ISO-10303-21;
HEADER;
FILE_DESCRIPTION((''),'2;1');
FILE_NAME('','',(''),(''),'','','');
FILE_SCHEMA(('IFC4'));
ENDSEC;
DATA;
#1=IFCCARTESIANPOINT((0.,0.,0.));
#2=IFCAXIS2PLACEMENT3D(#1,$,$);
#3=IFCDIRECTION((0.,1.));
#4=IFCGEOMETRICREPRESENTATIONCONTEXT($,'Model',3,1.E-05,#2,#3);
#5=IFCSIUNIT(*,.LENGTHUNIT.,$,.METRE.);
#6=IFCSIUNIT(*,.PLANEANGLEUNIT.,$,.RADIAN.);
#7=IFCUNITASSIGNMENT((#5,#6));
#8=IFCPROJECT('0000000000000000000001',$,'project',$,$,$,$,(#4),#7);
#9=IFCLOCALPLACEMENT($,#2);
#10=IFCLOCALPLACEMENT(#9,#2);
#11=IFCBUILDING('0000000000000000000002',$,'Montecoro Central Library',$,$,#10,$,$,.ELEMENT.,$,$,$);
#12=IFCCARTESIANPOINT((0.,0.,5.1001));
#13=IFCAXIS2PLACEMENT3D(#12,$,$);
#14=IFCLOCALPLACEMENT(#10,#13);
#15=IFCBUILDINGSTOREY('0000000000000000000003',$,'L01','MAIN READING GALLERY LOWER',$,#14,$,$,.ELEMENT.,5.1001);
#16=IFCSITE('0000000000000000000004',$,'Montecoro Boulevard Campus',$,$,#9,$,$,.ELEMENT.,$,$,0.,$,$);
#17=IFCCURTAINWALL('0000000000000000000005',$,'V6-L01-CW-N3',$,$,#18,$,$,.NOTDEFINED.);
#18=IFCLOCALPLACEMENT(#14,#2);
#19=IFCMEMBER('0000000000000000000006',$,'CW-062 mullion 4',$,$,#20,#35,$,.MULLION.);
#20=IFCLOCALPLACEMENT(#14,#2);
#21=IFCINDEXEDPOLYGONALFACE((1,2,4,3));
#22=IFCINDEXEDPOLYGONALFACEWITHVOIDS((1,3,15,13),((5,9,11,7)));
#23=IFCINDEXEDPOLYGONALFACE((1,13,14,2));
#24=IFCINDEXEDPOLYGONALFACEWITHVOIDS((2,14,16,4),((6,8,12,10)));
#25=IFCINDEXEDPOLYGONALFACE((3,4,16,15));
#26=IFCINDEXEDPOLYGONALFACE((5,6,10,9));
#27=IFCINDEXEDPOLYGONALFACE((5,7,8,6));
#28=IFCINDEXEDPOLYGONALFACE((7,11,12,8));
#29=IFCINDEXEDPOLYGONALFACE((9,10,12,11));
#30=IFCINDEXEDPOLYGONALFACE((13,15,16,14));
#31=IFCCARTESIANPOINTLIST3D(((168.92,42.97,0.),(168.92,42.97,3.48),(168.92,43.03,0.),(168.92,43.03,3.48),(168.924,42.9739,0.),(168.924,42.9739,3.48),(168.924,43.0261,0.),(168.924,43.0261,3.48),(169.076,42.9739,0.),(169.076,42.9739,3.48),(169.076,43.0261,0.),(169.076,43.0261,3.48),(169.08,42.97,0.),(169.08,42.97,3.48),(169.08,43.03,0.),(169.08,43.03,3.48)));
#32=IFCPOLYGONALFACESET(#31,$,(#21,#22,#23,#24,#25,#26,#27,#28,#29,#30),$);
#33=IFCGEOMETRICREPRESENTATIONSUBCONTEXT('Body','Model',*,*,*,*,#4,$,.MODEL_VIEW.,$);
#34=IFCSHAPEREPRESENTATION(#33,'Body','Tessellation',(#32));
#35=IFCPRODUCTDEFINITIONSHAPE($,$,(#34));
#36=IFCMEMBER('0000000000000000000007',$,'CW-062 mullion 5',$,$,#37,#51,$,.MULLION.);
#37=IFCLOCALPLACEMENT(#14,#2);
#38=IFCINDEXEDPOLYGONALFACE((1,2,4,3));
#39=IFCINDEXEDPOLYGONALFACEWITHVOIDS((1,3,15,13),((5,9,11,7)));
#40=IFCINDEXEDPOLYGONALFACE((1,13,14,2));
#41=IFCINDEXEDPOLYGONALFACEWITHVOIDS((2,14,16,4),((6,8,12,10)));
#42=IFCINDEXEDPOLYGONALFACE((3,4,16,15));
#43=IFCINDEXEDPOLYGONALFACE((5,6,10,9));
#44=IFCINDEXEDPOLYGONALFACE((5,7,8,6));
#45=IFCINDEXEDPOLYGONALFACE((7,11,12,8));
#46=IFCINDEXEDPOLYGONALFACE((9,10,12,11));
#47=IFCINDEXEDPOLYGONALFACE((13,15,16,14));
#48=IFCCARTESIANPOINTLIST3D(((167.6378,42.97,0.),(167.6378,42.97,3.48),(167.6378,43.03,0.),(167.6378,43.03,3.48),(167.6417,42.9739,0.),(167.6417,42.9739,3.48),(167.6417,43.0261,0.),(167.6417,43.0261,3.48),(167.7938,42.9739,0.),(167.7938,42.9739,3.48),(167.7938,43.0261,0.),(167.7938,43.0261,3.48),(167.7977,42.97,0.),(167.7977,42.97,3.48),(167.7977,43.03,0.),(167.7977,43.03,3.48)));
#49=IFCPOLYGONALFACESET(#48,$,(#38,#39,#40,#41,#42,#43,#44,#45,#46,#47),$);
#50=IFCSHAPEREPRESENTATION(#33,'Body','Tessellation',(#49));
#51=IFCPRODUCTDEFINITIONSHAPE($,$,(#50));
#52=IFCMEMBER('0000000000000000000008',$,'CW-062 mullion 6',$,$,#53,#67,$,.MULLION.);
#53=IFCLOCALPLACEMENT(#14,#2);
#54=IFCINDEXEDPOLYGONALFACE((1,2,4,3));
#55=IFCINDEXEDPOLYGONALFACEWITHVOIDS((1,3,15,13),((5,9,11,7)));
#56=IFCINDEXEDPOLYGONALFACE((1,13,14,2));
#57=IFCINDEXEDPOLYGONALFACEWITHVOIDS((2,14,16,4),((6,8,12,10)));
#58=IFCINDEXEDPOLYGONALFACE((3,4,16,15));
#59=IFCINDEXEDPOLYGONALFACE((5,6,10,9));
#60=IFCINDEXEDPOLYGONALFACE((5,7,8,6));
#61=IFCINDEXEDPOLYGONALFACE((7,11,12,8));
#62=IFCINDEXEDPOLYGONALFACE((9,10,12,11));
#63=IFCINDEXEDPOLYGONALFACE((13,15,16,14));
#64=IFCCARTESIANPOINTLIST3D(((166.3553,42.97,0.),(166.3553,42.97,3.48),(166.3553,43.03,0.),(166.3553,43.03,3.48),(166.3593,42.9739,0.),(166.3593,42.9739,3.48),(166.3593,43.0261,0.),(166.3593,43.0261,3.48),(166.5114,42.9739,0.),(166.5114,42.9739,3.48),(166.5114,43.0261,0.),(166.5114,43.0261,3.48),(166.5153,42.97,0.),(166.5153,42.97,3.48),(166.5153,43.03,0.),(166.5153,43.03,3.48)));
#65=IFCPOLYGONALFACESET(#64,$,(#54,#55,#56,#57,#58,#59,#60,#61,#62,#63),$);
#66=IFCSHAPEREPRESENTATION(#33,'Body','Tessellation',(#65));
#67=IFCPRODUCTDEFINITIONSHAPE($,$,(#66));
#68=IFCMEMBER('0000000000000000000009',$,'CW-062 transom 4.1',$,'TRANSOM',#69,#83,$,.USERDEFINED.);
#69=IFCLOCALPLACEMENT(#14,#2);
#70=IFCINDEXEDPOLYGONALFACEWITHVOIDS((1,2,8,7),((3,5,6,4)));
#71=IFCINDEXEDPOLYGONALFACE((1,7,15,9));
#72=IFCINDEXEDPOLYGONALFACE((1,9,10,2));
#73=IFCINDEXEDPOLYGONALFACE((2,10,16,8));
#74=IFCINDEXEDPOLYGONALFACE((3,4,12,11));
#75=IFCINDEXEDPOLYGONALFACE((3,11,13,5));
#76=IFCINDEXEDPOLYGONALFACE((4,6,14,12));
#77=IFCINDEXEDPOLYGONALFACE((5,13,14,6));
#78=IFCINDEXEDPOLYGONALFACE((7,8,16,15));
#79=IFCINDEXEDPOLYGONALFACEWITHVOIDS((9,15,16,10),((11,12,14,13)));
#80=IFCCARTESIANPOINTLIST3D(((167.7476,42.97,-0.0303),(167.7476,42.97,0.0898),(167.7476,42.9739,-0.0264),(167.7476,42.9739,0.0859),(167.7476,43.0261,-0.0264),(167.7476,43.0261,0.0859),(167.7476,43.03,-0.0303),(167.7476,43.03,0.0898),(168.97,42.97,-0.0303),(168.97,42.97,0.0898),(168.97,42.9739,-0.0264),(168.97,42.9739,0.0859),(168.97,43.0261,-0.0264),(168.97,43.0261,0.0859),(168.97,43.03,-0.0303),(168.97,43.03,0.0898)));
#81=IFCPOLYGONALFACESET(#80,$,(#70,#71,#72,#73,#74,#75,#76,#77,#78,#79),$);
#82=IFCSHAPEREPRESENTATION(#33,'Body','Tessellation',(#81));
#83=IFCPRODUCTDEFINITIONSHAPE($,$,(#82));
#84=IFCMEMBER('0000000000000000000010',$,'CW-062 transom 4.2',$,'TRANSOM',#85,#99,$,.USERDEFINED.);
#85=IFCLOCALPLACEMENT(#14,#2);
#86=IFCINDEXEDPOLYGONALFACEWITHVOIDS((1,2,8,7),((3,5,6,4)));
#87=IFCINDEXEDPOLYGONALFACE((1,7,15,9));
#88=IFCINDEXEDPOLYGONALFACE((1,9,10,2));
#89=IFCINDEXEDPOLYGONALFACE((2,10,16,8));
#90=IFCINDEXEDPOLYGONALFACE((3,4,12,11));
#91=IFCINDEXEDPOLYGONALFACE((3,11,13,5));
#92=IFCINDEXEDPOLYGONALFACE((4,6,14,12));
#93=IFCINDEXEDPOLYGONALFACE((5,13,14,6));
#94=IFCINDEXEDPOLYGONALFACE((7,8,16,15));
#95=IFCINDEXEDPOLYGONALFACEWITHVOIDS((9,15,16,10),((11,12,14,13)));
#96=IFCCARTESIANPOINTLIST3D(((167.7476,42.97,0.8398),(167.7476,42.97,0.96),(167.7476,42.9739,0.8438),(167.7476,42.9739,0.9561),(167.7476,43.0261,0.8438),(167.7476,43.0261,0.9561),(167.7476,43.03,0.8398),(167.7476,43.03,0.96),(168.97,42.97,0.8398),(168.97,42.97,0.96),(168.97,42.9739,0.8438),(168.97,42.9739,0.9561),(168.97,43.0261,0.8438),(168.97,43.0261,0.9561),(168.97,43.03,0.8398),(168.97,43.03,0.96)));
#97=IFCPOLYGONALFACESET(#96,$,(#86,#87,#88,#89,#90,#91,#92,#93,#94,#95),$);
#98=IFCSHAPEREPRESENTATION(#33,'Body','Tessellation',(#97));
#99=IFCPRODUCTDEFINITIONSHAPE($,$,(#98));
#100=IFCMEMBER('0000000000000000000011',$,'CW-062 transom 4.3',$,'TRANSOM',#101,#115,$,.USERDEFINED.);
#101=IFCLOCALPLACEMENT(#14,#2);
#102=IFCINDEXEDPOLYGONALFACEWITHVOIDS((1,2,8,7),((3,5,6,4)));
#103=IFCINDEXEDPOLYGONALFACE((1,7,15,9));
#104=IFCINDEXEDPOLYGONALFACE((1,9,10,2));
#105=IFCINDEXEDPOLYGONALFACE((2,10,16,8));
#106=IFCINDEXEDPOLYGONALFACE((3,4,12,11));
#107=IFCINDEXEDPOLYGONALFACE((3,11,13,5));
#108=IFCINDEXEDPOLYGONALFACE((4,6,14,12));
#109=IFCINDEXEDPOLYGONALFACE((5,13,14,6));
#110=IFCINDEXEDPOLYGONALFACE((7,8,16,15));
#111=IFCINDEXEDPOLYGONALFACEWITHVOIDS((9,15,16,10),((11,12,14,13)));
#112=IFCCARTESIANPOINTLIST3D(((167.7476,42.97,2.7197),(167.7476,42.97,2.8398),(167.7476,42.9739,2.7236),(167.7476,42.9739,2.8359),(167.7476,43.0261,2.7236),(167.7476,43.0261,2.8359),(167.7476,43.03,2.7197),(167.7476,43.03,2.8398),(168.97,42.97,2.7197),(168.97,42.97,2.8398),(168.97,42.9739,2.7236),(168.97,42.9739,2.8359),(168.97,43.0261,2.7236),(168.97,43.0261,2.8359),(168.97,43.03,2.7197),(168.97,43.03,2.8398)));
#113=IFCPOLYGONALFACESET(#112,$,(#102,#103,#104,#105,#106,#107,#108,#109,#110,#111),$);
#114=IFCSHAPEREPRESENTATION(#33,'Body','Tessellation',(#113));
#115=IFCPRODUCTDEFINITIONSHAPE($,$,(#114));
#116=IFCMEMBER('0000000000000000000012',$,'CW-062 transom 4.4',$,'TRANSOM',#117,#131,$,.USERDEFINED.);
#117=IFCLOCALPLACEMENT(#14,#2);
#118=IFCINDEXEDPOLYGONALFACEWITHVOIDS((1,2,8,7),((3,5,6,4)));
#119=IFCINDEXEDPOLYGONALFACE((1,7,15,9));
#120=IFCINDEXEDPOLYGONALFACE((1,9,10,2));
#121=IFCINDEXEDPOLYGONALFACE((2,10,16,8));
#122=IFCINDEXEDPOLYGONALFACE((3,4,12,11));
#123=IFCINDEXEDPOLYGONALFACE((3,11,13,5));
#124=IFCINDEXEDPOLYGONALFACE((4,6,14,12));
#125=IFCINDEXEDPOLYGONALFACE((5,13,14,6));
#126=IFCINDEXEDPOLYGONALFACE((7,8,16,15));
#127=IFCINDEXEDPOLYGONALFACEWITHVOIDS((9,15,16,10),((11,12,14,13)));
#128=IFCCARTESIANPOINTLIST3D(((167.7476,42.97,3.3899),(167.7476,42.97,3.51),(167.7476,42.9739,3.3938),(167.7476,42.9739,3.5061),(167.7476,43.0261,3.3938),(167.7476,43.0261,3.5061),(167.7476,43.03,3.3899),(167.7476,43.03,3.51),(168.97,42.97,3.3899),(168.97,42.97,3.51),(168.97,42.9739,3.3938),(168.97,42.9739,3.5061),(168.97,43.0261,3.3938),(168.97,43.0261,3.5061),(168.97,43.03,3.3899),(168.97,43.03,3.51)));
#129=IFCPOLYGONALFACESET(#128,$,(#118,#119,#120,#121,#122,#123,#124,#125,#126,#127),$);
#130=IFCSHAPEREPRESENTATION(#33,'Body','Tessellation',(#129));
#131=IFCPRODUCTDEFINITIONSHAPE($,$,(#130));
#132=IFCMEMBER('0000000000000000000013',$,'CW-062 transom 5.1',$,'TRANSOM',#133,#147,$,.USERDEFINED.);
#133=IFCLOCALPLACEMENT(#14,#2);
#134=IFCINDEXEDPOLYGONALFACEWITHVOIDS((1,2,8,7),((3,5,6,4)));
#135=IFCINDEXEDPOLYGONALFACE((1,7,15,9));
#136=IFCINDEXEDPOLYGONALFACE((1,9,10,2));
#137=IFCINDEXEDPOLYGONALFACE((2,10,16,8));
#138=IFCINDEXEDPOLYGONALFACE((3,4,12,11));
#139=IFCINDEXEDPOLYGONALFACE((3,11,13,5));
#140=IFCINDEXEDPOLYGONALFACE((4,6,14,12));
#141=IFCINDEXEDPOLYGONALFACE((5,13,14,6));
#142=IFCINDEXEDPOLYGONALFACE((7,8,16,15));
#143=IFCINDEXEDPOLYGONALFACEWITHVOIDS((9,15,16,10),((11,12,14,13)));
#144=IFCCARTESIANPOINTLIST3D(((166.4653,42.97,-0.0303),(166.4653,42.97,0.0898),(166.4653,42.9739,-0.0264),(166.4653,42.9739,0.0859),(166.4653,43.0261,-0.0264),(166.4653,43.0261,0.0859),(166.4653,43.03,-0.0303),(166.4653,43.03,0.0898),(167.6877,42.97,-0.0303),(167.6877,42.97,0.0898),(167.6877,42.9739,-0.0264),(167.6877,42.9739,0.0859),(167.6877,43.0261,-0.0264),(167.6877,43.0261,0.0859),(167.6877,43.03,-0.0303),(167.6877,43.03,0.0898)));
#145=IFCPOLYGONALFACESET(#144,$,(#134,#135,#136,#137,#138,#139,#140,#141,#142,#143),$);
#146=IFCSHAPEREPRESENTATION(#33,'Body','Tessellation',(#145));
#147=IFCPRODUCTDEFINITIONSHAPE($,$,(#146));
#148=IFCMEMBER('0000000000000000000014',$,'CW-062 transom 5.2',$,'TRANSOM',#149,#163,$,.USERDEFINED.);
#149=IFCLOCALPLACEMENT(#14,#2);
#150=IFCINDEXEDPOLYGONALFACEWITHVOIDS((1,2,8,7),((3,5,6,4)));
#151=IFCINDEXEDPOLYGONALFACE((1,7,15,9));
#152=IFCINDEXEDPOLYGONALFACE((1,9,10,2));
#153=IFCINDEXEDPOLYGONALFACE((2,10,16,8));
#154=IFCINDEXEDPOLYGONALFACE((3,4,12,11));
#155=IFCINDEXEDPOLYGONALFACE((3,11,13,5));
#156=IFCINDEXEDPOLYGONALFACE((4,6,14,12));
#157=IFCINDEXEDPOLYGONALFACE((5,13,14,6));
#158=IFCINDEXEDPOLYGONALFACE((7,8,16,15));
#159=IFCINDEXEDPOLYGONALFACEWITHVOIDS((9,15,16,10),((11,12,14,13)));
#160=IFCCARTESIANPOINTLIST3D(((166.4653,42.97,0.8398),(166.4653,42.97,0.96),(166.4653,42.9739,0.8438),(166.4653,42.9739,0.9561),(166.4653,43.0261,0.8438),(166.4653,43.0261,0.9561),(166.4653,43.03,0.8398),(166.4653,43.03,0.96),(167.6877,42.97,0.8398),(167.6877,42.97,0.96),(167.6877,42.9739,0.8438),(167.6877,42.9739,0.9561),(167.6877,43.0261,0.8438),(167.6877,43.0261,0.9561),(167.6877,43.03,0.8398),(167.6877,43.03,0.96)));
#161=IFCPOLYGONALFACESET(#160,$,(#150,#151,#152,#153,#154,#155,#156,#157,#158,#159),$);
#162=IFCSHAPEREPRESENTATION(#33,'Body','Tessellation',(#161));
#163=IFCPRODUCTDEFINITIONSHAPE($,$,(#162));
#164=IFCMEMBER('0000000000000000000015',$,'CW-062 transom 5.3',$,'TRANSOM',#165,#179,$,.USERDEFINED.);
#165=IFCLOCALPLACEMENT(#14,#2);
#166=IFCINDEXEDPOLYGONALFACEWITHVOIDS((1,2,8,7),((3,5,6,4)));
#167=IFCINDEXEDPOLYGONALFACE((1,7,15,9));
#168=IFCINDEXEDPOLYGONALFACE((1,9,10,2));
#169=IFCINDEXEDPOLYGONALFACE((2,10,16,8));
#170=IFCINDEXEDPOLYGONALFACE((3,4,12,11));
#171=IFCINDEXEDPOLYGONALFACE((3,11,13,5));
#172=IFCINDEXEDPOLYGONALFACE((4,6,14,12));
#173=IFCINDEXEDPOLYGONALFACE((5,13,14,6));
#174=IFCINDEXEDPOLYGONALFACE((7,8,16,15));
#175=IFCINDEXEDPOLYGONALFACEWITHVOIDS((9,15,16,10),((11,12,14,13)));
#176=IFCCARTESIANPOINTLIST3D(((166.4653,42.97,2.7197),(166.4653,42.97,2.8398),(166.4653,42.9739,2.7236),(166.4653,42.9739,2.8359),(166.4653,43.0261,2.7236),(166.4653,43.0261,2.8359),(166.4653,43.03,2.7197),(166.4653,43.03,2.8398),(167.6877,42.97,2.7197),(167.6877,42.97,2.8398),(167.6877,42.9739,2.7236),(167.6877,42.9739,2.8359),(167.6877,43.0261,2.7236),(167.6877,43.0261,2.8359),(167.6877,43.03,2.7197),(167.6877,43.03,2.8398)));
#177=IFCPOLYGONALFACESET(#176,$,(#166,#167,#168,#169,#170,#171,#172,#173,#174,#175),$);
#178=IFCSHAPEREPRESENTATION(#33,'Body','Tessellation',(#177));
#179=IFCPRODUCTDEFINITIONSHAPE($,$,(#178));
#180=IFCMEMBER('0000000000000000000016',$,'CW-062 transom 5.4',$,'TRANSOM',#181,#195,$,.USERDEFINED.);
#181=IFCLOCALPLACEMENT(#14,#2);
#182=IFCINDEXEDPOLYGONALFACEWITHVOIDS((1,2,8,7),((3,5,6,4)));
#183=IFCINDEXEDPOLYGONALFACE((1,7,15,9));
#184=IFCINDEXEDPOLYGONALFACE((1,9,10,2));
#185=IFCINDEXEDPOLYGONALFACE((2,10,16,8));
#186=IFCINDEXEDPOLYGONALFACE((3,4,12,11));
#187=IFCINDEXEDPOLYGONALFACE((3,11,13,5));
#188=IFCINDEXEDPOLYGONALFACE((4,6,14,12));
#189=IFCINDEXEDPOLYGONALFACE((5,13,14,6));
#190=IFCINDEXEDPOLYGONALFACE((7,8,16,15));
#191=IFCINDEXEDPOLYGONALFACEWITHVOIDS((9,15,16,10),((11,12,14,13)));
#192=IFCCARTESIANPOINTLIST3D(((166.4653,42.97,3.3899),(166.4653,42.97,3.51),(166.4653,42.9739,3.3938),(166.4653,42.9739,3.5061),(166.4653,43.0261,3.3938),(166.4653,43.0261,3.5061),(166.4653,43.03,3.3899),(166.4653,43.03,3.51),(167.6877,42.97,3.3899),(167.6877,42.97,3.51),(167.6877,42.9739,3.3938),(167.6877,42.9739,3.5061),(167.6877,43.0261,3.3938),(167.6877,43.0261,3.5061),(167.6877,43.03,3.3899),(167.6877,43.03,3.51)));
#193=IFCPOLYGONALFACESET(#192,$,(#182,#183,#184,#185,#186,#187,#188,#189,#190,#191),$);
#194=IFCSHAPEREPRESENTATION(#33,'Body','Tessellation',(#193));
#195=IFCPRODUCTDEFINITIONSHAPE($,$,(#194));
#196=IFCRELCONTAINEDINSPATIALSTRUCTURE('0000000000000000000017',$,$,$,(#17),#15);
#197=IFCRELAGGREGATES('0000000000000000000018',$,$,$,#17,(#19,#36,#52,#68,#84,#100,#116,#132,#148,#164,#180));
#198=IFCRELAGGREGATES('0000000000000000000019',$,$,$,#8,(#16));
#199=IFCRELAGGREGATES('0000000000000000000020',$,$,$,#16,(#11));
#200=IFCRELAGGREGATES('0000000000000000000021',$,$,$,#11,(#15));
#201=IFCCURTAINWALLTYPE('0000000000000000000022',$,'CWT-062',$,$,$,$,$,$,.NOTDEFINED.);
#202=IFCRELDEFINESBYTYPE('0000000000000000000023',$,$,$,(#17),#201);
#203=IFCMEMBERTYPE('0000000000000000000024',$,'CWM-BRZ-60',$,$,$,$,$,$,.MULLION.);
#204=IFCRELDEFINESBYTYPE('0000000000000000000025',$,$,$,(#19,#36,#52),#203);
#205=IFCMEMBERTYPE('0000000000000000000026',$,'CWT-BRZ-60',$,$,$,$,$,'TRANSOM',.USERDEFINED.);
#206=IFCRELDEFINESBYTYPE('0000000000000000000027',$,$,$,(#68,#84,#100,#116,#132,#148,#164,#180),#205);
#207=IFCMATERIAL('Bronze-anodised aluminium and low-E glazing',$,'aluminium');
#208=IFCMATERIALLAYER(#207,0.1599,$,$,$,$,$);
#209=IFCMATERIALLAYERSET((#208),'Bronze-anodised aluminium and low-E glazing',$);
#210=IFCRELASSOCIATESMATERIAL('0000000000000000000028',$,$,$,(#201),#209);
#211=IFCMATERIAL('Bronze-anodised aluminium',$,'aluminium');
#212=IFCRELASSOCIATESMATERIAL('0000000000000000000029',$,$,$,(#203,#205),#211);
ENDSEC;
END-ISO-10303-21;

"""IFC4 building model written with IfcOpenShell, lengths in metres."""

from ifc_helpers import new_model, si_unit, direction, frame, origin, origin_2d, place, context, subcontext, project, spatial, hollow_rectangle, extrude, material, layer, layer_set, material_profile, profile_set, type_object, element, aggregate, save


model = new_model("IFC4")

# Units and contexts
model_context = context("Model", 3, precision=1e-05, world=origin(), true_north=direction((0.0, 1.0)))
body_context = subcontext(model_context, "Body", "Model", "MODEL_VIEW")
ifc_project = project(units=[si_unit("LENGTHUNIT", "METRE"), si_unit("PLANEANGLEUNIT", "RADIAN")], contexts=[model_context])

# Site, building, storey
site_placement = place(None, origin())
site = spatial("IfcSite", under=ifc_project, at=site_placement, Name="Montecoro Boulevard Campus", CompositionType="ELEMENT", RefElevation=0.0)
building_placement = place(site_placement, origin())
building = spatial("IfcBuilding", under=site, at=building_placement, Name="Montecoro Central Library", CompositionType="ELEMENT")
storey_placement = place(building_placement, frame((0.0, 0.0, 5.1001)))
storey = spatial("IfcBuildingStorey", under=building, at=storey_placement, Name="L01", Description="MAIN READING GALLERY LOWER", CompositionType="ELEMENT", Elevation=5.1001)

# Curtain wall, members
ifc_material_1 = material(Name="Bronze-anodised aluminium and low-E glazing", Category="aluminium")
ifc_layer_1 = layer(ifc_material_1, 0.1599)
ifc_layer_set_1 = layer_set([ifc_layer_1], Name="Bronze-anodised aluminium and low-E glazing")
curtain_wall_type = type_object("IfcCurtainWallType", Name="CWT-062", PredefinedType="NOTDEFINED", material=ifc_layer_set_1)
curtain_wall_placement = place(storey_placement, origin())
curtain_wall = element("IfcCurtainWall", 1, at=curtain_wall_placement, inside=storey, type_object=curtain_wall_type, Name="V6-L01-CW-N3", PredefinedType="NOTDEFINED")
ifc_material_2 = material(Name="Bronze-anodised aluminium", Category="aluminium")
ifc_material_profile_1 = material_profile(ifc_material_2, hollow_rectangle(XDim=0.0601, YDim=0.1599, WallThickness=0.0039, at=origin_2d()), Name="CWM 160x60x4.0")
ifc_profile_set_1 = profile_set([ifc_material_profile_1], Name="Bronze-anodised aluminium")
member_type_1 = type_object("IfcMemberType", Name="CWM-BRZ-60", PredefinedType="MULLION", material=ifc_profile_set_1)
member_1_placement = place(storey_placement, frame((169.0, 43.0, 0.0), z_axis=(0.0, 0.0, 1.0), x_axis=(0.0, -1.0, 0.0)))
member_1 = element("IfcMember", 2, at=member_1_placement, type_object=member_type_1, Name="CW-062 mullion 4", PredefinedType="MULLION", context=body_context, shape_type="SweptSolid", body=[
    extrude(hollow_rectangle(XDim=0.0601, YDim=0.1599, WallThickness=0.0039, at=origin_2d()), origin(), (0.0, 0.0, 1.0), 3.48),
])
member_2_placement = place(storey_placement, frame((167.7178, 43.0, 0.0), z_axis=(0.0, 0.0, 1.0), x_axis=(0.0, -1.0, 0.0)))
member_2 = element("IfcMember", 3, at=member_2_placement, type_object=member_type_1, Name="CW-062 mullion 5", PredefinedType="MULLION", context=body_context, shape_type="SweptSolid", body=[
    extrude(hollow_rectangle(XDim=0.0601, YDim=0.1599, WallThickness=0.0039, at=origin_2d()), origin(), (0.0, 0.0, 1.0), 3.48),
])
member_3_placement = place(storey_placement, frame((166.4353, 43.0, 0.0), z_axis=(0.0, 0.0, 1.0), x_axis=(0.0, -1.0, 0.0)))
member_3 = element("IfcMember", 4, at=member_3_placement, type_object=member_type_1, Name="CW-062 mullion 6", PredefinedType="MULLION", context=body_context, shape_type="SweptSolid", body=[
    extrude(hollow_rectangle(XDim=0.0601, YDim=0.1599, WallThickness=0.0039, at=origin_2d()), origin(), (0.0, 0.0, 1.0), 3.48),
])
ifc_material_profile_2 = material_profile(ifc_material_2, hollow_rectangle(XDim=0.0601, YDim=0.1201, WallThickness=0.0039, at=origin_2d()), Name="CWT 120x60x4.0")
ifc_profile_set_2 = profile_set([ifc_material_profile_2], Name="Bronze-anodised aluminium")
member_type_2 = type_object("IfcMemberType", Name="CWT-BRZ-60", ElementType="TRANSOM", PredefinedType="USERDEFINED", material=ifc_profile_set_2)
member_4_placement = place(storey_placement, frame((168.97, 43.0, 0.0298), z_axis=(-1.0, 0.0, 0.0), x_axis=(0.0, -1.0, 0.0)))
member_4 = element("IfcMember", 5, at=member_4_placement, type_object=member_type_2, Name="CW-062 transom 4.1", ObjectType="TRANSOM", PredefinedType="USERDEFINED", context=body_context, shape_type="SweptSolid", body=[
    extrude(hollow_rectangle(XDim=0.0601, YDim=0.1201, WallThickness=0.0039, at=origin_2d()), origin(), (0.0, 0.0, 1.0), 1.2224),
])
member_5_placement = place(storey_placement, frame((168.97, 43.0, 0.8999), z_axis=(-1.0, 0.0, 0.0), x_axis=(0.0, -1.0, 0.0)))
member_5 = element("IfcMember", 6, at=member_5_placement, type_object=member_type_2, Name="CW-062 transom 4.2", ObjectType="TRANSOM", PredefinedType="USERDEFINED", context=body_context, shape_type="SweptSolid", body=[
    extrude(hollow_rectangle(XDim=0.0601, YDim=0.1201, WallThickness=0.0039, at=origin_2d()), origin(), (0.0, 0.0, 1.0), 1.2224),
])
member_6_placement = place(storey_placement, frame((168.97, 43.0, 2.7798), z_axis=(-1.0, 0.0, 0.0), x_axis=(0.0, -1.0, 0.0)))
member_6 = element("IfcMember", 7, at=member_6_placement, type_object=member_type_2, Name="CW-062 transom 4.3", ObjectType="TRANSOM", PredefinedType="USERDEFINED", context=body_context, shape_type="SweptSolid", body=[
    extrude(hollow_rectangle(XDim=0.0601, YDim=0.1201, WallThickness=0.0039, at=origin_2d()), origin(), (0.0, 0.0, 1.0), 1.2224),
])
member_7_placement = place(storey_placement, frame((168.97, 43.0, 3.45), z_axis=(-1.0, 0.0, 0.0), x_axis=(0.0, -1.0, 0.0)))
member_7 = element("IfcMember", 8, at=member_7_placement, type_object=member_type_2, Name="CW-062 transom 4.4", ObjectType="TRANSOM", PredefinedType="USERDEFINED", context=body_context, shape_type="SweptSolid", body=[
    extrude(hollow_rectangle(XDim=0.0601, YDim=0.1201, WallThickness=0.0039, at=origin_2d()), origin(), (0.0, 0.0, 1.0), 1.2224),
])
member_8_placement = place(storey_placement, frame((167.6877, 43.0, 0.0298), z_axis=(-1.0, 0.0, 0.0), x_axis=(0.0, -1.0, 0.0)))
member_8 = element("IfcMember", 9, at=member_8_placement, type_object=member_type_2, Name="CW-062 transom 5.1", ObjectType="TRANSOM", PredefinedType="USERDEFINED", context=body_context, shape_type="SweptSolid", body=[
    extrude(hollow_rectangle(XDim=0.0601, YDim=0.1201, WallThickness=0.0039, at=origin_2d()), origin(), (0.0, 0.0, 1.0), 1.2224),
])
member_9_placement = place(storey_placement, frame((167.6877, 43.0, 0.8999), z_axis=(-1.0, 0.0, 0.0), x_axis=(0.0, -1.0, 0.0)))
member_9 = element("IfcMember", 10, at=member_9_placement, type_object=member_type_2, Name="CW-062 transom 5.2", ObjectType="TRANSOM", PredefinedType="USERDEFINED", context=body_context, shape_type="SweptSolid", body=[
    extrude(hollow_rectangle(XDim=0.0601, YDim=0.1201, WallThickness=0.0039, at=origin_2d()), origin(), (0.0, 0.0, 1.0), 1.2224),
])
member_10_placement = place(storey_placement, frame((167.6877, 43.0, 2.7798), z_axis=(-1.0, 0.0, 0.0), x_axis=(0.0, -1.0, 0.0)))
member_10 = element("IfcMember", 11, at=member_10_placement, type_object=member_type_2, Name="CW-062 transom 5.3", ObjectType="TRANSOM", PredefinedType="USERDEFINED", context=body_context, shape_type="SweptSolid", body=[
    extrude(hollow_rectangle(XDim=0.0601, YDim=0.1201, WallThickness=0.0039, at=origin_2d()), origin(), (0.0, 0.0, 1.0), 1.2224),
])
member_11_placement = place(storey_placement, frame((167.6877, 43.0, 3.45), z_axis=(-1.0, 0.0, 0.0), x_axis=(0.0, -1.0, 0.0)))
member_11 = element("IfcMember", 12, at=member_11_placement, type_object=member_type_2, Name="CW-062 transom 5.4", ObjectType="TRANSOM", PredefinedType="USERDEFINED", context=body_context, shape_type="SweptSolid", body=[
    extrude(hollow_rectangle(XDim=0.0601, YDim=0.1201, WallThickness=0.0039, at=origin_2d()), origin(), (0.0, 0.0, 1.0), 1.2224),
])
aggregate(curtain_wall, [member_1, member_2, member_3, member_4, member_5, member_6, member_7, member_8, member_9, member_10, member_11])

save(model, "model.ifc")
